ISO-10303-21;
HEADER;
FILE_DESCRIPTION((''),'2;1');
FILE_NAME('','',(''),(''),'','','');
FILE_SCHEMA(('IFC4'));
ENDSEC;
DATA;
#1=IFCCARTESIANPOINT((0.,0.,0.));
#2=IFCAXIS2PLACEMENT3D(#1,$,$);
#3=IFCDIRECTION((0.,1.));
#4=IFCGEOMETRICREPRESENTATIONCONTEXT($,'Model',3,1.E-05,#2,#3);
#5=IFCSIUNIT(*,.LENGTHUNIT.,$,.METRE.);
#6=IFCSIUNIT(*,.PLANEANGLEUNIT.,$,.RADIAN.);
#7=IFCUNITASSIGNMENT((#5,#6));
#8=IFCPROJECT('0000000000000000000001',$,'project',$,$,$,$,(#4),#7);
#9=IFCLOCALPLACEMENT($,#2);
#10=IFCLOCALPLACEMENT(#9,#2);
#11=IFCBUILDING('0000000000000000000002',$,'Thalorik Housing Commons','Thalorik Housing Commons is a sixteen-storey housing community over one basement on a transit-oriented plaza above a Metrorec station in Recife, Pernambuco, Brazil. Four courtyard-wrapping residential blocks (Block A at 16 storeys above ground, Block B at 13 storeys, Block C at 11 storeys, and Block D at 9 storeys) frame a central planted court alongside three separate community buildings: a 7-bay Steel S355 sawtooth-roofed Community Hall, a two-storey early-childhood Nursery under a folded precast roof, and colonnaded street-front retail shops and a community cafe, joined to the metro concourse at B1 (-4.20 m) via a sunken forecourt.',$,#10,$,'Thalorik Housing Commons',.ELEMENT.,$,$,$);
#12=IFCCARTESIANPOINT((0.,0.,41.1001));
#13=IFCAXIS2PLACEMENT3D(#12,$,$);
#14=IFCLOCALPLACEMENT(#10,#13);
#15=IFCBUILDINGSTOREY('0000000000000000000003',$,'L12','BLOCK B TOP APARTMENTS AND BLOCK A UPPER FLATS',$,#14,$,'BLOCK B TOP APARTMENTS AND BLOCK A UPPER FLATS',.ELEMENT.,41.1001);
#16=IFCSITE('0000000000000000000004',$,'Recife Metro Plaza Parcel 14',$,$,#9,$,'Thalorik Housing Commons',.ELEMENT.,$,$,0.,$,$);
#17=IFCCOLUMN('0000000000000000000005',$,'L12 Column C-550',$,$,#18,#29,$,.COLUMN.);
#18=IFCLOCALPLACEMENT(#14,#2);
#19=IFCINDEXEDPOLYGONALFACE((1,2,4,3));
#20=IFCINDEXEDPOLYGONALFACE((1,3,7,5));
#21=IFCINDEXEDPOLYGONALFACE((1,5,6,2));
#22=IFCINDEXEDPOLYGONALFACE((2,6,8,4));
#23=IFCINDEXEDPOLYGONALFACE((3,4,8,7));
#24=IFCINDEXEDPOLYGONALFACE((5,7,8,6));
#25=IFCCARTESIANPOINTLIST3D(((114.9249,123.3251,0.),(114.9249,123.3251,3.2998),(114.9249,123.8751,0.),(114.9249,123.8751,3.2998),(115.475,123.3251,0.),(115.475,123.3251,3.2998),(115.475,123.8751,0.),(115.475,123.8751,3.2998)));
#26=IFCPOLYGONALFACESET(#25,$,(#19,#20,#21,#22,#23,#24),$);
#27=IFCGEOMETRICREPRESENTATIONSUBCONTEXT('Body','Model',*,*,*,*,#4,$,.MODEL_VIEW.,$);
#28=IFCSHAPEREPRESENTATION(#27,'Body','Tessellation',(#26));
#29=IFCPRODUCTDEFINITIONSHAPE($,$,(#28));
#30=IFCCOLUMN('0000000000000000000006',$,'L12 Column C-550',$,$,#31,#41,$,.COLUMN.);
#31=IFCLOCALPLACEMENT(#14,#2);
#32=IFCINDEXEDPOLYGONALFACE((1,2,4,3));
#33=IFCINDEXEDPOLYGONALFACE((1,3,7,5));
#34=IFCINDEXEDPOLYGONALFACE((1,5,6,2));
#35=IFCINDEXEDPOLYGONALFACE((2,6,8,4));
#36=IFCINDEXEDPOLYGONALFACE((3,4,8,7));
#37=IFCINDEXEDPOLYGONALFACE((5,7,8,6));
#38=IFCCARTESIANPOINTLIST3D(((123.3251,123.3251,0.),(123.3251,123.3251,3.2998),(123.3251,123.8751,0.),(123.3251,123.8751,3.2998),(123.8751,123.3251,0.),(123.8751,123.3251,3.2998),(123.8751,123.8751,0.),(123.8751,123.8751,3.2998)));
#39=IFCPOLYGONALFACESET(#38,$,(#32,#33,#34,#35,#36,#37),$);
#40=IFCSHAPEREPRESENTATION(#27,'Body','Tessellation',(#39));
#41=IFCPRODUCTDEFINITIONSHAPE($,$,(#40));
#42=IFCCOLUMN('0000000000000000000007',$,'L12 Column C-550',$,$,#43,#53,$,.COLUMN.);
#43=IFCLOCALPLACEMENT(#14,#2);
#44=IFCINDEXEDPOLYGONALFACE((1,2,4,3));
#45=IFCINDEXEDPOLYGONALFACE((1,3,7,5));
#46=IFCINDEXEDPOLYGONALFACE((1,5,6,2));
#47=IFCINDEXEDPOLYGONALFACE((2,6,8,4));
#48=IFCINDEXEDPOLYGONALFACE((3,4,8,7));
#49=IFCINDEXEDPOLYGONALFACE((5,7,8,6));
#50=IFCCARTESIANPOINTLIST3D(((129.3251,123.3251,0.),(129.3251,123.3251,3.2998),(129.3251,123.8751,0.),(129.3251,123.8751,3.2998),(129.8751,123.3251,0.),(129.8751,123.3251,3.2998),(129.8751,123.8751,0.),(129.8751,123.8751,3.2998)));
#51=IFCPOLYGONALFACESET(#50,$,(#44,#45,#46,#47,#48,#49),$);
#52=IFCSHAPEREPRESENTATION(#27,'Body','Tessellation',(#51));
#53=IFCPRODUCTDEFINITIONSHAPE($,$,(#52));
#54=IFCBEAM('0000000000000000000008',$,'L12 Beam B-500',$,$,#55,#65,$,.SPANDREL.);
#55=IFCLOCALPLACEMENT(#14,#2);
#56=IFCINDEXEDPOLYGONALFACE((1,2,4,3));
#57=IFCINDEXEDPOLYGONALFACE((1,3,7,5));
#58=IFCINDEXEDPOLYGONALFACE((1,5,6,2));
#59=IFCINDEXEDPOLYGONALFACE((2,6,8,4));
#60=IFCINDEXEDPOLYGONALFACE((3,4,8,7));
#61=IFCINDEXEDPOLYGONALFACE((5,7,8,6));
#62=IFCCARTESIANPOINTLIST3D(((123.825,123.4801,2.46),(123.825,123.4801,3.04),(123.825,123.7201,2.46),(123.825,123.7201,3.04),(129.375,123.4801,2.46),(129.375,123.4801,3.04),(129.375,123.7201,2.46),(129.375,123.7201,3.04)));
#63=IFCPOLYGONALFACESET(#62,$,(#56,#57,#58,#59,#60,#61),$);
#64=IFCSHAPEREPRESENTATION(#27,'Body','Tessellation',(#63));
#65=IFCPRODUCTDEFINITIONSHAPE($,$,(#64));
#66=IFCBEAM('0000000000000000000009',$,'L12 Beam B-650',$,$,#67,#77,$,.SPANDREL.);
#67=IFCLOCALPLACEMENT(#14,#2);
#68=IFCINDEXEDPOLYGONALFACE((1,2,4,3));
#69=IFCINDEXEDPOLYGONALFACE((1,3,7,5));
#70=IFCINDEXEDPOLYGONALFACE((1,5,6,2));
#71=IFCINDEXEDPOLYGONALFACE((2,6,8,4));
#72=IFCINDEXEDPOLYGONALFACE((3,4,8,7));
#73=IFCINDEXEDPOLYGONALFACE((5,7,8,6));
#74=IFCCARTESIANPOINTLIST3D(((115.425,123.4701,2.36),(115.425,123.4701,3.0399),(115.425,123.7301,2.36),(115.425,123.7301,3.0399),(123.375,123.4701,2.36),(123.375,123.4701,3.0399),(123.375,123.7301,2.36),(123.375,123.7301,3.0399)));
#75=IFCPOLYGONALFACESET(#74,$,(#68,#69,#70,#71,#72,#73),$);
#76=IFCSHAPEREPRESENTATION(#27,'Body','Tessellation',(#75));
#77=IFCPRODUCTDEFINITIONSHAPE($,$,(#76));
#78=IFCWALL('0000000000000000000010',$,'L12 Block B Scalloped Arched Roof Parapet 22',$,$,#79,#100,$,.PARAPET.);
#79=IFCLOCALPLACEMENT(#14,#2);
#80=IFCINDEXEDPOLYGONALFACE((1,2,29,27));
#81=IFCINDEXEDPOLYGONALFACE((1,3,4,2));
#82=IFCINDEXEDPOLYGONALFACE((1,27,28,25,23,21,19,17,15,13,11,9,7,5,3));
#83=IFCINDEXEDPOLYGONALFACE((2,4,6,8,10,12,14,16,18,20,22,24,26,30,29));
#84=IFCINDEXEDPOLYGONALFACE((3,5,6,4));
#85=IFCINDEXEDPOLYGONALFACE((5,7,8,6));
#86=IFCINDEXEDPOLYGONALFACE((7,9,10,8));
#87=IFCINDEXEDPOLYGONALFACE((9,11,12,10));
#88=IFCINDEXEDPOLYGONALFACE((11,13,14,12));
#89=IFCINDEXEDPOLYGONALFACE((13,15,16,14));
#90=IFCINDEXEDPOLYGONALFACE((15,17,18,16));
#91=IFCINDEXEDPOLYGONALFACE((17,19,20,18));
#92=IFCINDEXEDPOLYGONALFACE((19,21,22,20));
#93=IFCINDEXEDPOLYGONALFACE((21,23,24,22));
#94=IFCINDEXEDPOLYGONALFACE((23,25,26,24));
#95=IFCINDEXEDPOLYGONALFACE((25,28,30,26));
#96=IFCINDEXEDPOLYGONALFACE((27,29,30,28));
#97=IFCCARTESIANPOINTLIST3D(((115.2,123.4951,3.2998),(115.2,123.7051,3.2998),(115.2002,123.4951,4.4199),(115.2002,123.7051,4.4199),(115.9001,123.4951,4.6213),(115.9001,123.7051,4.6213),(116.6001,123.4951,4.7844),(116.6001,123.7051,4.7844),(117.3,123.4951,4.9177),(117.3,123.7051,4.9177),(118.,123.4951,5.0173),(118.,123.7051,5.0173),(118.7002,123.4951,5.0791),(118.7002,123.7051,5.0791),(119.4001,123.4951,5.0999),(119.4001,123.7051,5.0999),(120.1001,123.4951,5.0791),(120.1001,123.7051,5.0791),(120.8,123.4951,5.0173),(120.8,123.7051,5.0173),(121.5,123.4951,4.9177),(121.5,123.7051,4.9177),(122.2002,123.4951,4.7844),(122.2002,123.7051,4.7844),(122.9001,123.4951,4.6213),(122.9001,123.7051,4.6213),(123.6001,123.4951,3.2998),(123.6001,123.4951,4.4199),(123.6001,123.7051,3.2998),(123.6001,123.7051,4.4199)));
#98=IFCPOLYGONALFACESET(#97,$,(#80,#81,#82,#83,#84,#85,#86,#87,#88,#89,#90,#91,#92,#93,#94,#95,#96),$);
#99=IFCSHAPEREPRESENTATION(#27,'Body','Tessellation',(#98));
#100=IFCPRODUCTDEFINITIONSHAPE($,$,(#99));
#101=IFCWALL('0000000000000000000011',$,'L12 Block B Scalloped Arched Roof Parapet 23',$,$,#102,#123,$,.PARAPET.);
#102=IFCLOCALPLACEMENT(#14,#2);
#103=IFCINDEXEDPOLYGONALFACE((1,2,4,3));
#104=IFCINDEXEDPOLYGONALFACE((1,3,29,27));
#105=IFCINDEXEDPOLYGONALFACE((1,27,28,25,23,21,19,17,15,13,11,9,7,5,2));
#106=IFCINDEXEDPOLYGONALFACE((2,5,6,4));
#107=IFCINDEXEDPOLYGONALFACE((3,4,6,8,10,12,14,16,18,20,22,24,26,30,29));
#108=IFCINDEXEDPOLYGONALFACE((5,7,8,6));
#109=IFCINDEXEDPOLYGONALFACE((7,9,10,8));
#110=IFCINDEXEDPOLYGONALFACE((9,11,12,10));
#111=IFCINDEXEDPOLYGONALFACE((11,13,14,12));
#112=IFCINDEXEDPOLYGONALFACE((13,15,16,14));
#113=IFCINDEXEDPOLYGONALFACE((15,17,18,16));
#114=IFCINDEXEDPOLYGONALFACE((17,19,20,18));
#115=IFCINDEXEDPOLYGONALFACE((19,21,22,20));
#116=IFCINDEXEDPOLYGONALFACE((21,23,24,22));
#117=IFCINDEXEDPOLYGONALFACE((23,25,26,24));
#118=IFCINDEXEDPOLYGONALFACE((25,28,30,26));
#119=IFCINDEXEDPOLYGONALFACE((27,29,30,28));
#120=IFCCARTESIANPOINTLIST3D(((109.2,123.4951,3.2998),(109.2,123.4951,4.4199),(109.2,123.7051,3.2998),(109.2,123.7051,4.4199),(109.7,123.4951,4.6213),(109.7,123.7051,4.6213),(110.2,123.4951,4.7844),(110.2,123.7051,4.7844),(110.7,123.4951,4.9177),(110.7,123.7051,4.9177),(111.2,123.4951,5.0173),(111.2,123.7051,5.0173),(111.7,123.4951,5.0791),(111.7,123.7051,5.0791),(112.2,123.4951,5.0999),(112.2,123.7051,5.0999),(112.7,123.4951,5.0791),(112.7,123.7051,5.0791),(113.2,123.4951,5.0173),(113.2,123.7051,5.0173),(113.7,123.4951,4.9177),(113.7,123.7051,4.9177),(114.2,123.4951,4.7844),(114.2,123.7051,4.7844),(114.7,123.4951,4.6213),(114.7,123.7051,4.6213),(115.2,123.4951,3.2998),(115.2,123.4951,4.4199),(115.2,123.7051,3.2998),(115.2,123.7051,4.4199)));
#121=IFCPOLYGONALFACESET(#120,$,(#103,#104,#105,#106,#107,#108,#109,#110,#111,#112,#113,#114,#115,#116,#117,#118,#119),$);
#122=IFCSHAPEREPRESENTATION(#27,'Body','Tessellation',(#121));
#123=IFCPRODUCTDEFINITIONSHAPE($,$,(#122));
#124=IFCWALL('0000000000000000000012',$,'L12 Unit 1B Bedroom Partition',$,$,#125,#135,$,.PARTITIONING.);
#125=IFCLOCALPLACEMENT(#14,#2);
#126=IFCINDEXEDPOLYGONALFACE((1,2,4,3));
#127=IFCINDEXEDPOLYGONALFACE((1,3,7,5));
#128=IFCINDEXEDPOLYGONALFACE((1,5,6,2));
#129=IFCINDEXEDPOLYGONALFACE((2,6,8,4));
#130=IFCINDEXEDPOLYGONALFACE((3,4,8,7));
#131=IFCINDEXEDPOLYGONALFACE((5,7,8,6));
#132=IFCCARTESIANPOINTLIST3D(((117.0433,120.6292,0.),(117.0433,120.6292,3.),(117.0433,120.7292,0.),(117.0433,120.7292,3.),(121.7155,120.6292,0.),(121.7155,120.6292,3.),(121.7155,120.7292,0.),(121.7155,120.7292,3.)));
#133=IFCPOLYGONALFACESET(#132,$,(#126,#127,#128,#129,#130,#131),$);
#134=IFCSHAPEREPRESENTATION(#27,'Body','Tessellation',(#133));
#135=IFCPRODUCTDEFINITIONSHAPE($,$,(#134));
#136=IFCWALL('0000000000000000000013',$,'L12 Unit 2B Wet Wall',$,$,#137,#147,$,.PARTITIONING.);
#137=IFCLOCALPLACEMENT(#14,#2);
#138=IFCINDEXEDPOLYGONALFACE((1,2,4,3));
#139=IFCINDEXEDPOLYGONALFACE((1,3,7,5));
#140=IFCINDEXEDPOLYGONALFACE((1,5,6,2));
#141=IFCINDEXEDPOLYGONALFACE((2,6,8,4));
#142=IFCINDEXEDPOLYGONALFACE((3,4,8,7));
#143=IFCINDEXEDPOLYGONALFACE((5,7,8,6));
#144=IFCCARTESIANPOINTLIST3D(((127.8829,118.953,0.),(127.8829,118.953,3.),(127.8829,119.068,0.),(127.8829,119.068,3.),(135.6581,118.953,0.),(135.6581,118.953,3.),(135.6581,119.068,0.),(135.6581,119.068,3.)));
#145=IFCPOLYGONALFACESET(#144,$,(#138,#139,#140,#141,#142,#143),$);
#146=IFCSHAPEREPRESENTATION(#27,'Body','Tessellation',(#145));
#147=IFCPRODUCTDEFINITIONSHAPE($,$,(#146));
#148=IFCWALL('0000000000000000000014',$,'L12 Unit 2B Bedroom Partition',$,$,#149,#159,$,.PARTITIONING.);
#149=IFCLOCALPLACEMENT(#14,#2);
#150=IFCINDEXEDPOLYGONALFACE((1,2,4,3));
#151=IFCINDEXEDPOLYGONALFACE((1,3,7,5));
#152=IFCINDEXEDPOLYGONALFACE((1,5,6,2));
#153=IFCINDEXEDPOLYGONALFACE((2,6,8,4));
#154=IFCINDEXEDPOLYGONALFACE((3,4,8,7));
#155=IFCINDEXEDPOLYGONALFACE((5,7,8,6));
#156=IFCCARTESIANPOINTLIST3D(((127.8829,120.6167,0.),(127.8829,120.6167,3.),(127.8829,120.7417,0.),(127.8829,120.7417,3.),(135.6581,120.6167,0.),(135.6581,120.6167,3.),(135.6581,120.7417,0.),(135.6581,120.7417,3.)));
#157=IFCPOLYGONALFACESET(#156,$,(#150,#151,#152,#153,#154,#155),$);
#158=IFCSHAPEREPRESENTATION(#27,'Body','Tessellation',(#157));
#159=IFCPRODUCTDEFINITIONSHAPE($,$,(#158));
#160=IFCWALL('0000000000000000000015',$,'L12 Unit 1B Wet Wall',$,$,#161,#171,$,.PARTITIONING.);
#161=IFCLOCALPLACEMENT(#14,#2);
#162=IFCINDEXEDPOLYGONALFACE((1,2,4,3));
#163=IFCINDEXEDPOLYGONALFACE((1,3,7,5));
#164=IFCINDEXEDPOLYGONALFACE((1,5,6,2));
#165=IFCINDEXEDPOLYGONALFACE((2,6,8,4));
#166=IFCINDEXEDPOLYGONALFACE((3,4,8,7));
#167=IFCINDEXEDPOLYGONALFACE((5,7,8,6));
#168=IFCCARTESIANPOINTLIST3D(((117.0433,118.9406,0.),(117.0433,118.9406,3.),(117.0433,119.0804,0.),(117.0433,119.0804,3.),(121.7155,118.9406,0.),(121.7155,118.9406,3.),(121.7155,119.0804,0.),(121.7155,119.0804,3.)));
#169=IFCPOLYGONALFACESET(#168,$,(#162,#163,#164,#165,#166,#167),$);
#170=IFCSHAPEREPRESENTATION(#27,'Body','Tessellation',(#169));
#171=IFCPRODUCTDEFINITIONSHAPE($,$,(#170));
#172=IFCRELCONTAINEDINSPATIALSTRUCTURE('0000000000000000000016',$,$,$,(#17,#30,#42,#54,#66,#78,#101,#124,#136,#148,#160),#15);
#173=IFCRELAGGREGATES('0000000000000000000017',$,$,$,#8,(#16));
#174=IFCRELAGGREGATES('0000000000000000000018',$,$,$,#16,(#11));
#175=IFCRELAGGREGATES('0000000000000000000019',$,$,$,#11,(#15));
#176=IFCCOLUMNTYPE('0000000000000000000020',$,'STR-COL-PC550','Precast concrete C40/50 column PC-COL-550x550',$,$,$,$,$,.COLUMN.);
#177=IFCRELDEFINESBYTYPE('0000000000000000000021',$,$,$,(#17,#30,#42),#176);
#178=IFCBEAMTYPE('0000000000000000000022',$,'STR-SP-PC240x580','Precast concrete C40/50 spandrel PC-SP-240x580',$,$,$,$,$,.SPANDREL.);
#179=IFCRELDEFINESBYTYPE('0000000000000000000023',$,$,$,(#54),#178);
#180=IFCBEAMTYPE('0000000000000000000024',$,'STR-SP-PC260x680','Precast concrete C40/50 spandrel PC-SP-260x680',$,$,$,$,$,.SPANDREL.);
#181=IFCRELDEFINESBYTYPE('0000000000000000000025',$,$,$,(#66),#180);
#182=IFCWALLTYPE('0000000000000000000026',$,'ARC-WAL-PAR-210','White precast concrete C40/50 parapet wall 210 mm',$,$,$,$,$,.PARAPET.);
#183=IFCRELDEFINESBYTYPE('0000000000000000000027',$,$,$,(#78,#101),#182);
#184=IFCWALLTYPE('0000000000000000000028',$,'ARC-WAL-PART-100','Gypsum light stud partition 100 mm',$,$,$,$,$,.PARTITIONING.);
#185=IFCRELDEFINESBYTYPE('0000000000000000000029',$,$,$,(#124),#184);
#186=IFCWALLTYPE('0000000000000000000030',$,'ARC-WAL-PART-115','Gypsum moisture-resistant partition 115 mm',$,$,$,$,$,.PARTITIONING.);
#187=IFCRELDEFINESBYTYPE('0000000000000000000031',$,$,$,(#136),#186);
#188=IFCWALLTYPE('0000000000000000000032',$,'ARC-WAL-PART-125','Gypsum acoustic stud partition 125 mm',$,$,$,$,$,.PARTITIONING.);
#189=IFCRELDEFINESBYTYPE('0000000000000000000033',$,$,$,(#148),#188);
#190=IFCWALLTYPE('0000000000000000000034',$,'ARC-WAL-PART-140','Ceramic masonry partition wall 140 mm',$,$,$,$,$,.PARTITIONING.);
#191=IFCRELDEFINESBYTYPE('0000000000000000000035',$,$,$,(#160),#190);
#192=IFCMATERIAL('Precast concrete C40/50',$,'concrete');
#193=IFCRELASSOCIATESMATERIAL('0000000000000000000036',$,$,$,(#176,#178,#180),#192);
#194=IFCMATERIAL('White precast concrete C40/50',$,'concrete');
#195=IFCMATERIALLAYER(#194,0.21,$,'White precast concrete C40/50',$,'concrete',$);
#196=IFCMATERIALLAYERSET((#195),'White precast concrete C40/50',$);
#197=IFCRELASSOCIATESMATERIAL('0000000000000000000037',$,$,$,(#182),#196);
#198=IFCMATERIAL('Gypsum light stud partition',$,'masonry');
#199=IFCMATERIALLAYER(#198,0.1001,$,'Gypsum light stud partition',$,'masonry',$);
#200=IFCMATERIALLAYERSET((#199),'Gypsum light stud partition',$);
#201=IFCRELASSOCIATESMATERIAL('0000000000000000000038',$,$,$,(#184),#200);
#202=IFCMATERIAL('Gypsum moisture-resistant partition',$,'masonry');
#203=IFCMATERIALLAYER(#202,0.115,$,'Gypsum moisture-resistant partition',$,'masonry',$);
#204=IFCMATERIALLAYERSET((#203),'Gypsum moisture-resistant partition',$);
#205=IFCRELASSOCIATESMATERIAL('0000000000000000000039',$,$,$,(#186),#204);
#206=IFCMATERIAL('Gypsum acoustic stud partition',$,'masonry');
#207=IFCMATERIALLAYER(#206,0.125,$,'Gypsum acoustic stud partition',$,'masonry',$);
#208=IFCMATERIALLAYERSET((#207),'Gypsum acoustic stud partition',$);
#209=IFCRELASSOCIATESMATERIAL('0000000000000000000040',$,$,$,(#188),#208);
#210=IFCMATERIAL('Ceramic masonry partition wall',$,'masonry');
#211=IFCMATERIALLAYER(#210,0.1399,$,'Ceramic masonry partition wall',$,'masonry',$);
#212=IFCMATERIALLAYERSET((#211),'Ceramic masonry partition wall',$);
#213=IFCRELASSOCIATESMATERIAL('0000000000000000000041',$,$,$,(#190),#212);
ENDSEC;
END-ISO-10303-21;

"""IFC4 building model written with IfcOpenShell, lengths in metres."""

from ifc_helpers import new_model, si_unit, direction, frame, frame_2d, origin, origin_2d, place, context, subcontext, project, spatial, polyline, rectangle, outline, extrude, material, layer, layer_set, material_profile, profile_set, type_object, element, save


model = new_model("IFC4")

# Units and contexts
model_context = context("Model", 3, precision=1e-05, world=origin(), true_north=direction((0.0, 1.0)))
body_context = subcontext(model_context, "Body", "Model", "MODEL_VIEW")
ifc_project = project(units=[si_unit("LENGTHUNIT", "METRE"), si_unit("PLANEANGLEUNIT", "RADIAN")], contexts=[model_context])

# Site, building, storey
site_placement = place(None, origin())
site = spatial("IfcSite", under=ifc_project, at=site_placement, Name="Recife Metro Plaza Parcel 14", LongName="Thalorik Housing Commons", CompositionType="ELEMENT", RefElevation=0.0)
building_placement = place(site_placement, origin())
building = spatial("IfcBuilding", under=site, at=building_placement, Name="Thalorik Housing Commons", Description="Thalorik Housing Commons is a sixteen-storey housing community over one basement on a transit-oriented plaza above a Metrorec station in Recife, Pernambuco, Brazil. Four courtyard-wrapping residential blocks (Block A at 16 storeys above ground, Block B at 13 storeys, Block C at 11 storeys, and Block D at 9 storeys) frame a central planted court alongside three separate community buildings: a 7-bay Steel S355 sawtooth-roofed Community Hall, a two-storey early-childhood Nursery under a folded precast roof, and colonnaded street-front retail shops and a community cafe, joined to the metro concourse at B1 (-4.20 m) via a sunken forecourt.", LongName="Thalorik Housing Commons", CompositionType="ELEMENT")
storey_placement = place(building_placement, frame((0.0, 0.0, 41.1001)))
storey = spatial("IfcBuildingStorey", under=building, at=storey_placement, Name="L12", Description="BLOCK B TOP APARTMENTS AND BLOCK A UPPER FLATS", LongName="BLOCK B TOP APARTMENTS AND BLOCK A UPPER FLATS", CompositionType="ELEMENT", Elevation=41.1001)

# Columns
ifc_material_1 = material(Name="Precast concrete C40/50", Category="concrete")
ifc_material_profile_1 = material_profile(ifc_material_1, rectangle(XDim=0.55, YDim=0.55, at=origin_2d()), Name="PC 550x550", Category="concrete")
ifc_profile_set_1 = profile_set([ifc_material_profile_1], Name="Precast concrete C40/50")
column_type = type_object("IfcColumnType", Name="STR-COL-PC550", Description="Precast concrete C40/50 column PC-COL-550x550", PredefinedType="COLUMN", material=ifc_profile_set_1)
for number, where, z_axis, x_axis, name in (
    (1, (115.2, 123.6001, 0.0), (0.0, 0.0, 1.0), (1.0, 0.0, 0.0), "L12 Column C-550"),
    (2, (123.6001, 123.6001, 0.0), (0.0, 0.0, 1.0), (1.0, 0.0, 0.0), "L12 Column C-550"),
    (3, (129.6001, 123.6001, 0.0), (0.0, 0.0, 1.0), (1.0, 0.0, 0.0), "L12 Column C-550"),
):
    element("IfcColumn", number, at=place(storey_placement, frame(where, z_axis=z_axis, x_axis=x_axis)), inside=storey, type_object=column_type, Name=name, PredefinedType="COLUMN", context=body_context, shape_type="SweptSolid", body=[
        extrude(rectangle(XDim=0.55, YDim=0.55, at=origin_2d()), origin(), (0.0, 0.0, 1.0), 3.2998),
    ])

# Beams
ifc_material_profile_2 = material_profile(ifc_material_1, rectangle(XDim=0.24, YDim=0.5801, at=origin_2d()), Name="PC SP 240x580", Category="concrete")
ifc_profile_set_2 = profile_set([ifc_material_profile_2], Name="Precast concrete C40/50")
beam_type_1 = type_object("IfcBeamType", Name="STR-SP-PC240x580", Description="Precast concrete C40/50 spandrel PC-SP-240x580", PredefinedType="SPANDREL", material=ifc_profile_set_2)
beam_1_placement = place(storey_placement, frame((123.825, 123.6001, 2.75), z_axis=(1.0, 0.0, 0.0), x_axis=(0.0, 1.0, 0.0)))
element("IfcBeam", 4, at=beam_1_placement, inside=storey, type_object=beam_type_1, Name="L12 Beam B-500", PredefinedType="SPANDREL", context=body_context, shape_type="SweptSolid", body=[
    extrude(rectangle(XDim=0.24, YDim=0.5801, at=origin_2d()), origin(), (0.0, 0.0, 1.0), 5.55),
])
ifc_material_profile_3 = material_profile(ifc_material_1, rectangle(XDim=0.26, YDim=0.6799, at=origin_2d()), Name="PC SP 260x680", Category="concrete")
ifc_profile_set_3 = profile_set([ifc_material_profile_3], Name="Precast concrete C40/50")
beam_type_2 = type_object("IfcBeamType", Name="STR-SP-PC260x680", Description="Precast concrete C40/50 spandrel PC-SP-260x680", PredefinedType="SPANDREL", material=ifc_profile_set_3)
beam_2_placement = place(storey_placement, frame((115.425, 123.6001, 2.7), z_axis=(1.0, 0.0, 0.0), x_axis=(0.0, 1.0, 0.0)))
element("IfcBeam", 5, at=beam_2_placement, inside=storey, type_object=beam_type_2, Name="L12 Beam B-650", PredefinedType="SPANDREL", context=body_context, shape_type="SweptSolid", body=[
    extrude(rectangle(XDim=0.26, YDim=0.6799, at=origin_2d()), origin(), (0.0, 0.0, 1.0), 7.95),
])

# Shared definitions
ifc_material_2 = material(Name="White precast concrete C40/50", Category="concrete")

# Walls
ifc_layer_1 = layer(ifc_material_2, 0.21, Name="White precast concrete C40/50", Category="concrete")
ifc_layer_set_1 = layer_set([ifc_layer_1], Name="White precast concrete C40/50")
wall_type_1 = type_object("IfcWallType", Name="ARC-WAL-PAR-210", Description="White precast concrete C40/50 parapet wall 210 mm", PredefinedType="PARAPET", material=ifc_layer_set_1)
wall_1_placement = place(storey_placement, frame((123.6001, 123.6001, 3.2998), z_axis=(0.0, 0.0, 1.0), x_axis=(-1.0, 0.0, 0.0)))
element("IfcWall", 6, at=wall_1_placement, inside=storey, type_object=wall_type_1, Name="L12 Block B Scalloped Arched Roof Parapet 22", PredefinedType="PARAPET", context=body_context, shape_type="SweptSolid", body=[
    extrude(outline(polyline([(0.0, 0.0), (8.4001, 0.0), (8.3999, 1.1201), (7.7, 1.3215), (7.0, 1.4846), (6.3, 1.6179), (5.6001, 1.7175), (4.8999, 1.7793), (4.2, 1.8), (3.5, 1.7793), (2.8, 1.7175), (2.1001, 1.6179), (1.3999, 1.4846), (0.7, 1.3215), (0.0, 1.1201), (0.0, 0.0)])), frame((0.0, 0.105, 0.0), z_axis=(0.0, -1.0, 0.0), x_axis=(1.0, 0.0, 0.0)), (0.0, 0.0, 1.0), 0.21),
])
wall_2_placement = place(storey_placement, frame((115.2, 123.6001, 3.2998), z_axis=(0.0, 0.0, 1.0), x_axis=(-1.0, 0.0, 0.0)))
element("IfcWall", 7, at=wall_2_placement, inside=storey, type_object=wall_type_1, Name="L12 Block B Scalloped Arched Roof Parapet 23", PredefinedType="PARAPET", context=body_context, shape_type="SweptSolid", body=[
    extrude(outline(polyline([(0.0, 0.0), (6.0, 0.0), (6.0, 1.1201), (5.5, 1.3215), (5.0, 1.4846), (4.5, 1.6179), (4.0, 1.7175), (3.5, 1.7793), (3.0, 1.8), (2.5, 1.7793), (2.0, 1.7175), (1.5, 1.6179), (1.0, 1.4846), (0.5, 1.3215), (0.0, 1.1201), (0.0, 0.0)])), frame((0.0, 0.105, 0.0), z_axis=(0.0, -1.0, 0.0), x_axis=(1.0, 0.0, 0.0)), (0.0, 0.0, 1.0), 0.21),
])
ifc_material_3 = material(Name="Gypsum light stud partition", Category="masonry")
ifc_layer_2 = layer(ifc_material_3, 0.1001, Name="Gypsum light stud partition", Category="masonry")
ifc_layer_set_2 = layer_set([ifc_layer_2], Name="Gypsum light stud partition")
wall_type_2 = type_object("IfcWallType", Name="ARC-WAL-PART-100", Description="Gypsum light stud partition 100 mm", PredefinedType="PARTITIONING", material=ifc_layer_set_2)
wall_3_placement = place(storey_placement, frame((117.0435, 120.6792, 0.0), z_axis=(0.0, 0.0, 1.0), x_axis=(1.0, 0.0, 0.0)))
element("IfcWall", 8, at=wall_3_placement, inside=storey, type_object=wall_type_2, Name="L12 Unit 1B Bedroom Partition", PredefinedType="PARTITIONING", context=body_context, shape_type="SweptSolid", body=[
    extrude(rectangle(XDim=4.6721, YDim=0.1001, at=frame_2d((2.3359, 0.0))), origin(), (0.0, 0.0, 1.0), 3.0),
])
ifc_material_4 = material(Name="Gypsum moisture-resistant partition", Category="masonry")
ifc_layer_3 = layer(ifc_material_4, 0.115, Name="Gypsum moisture-resistant partition", Category="masonry")
ifc_layer_set_3 = layer_set([ifc_layer_3], Name="Gypsum moisture-resistant partition")
wall_type_3 = type_object("IfcWallType", Name="ARC-WAL-PART-115", Description="Gypsum moisture-resistant partition 115 mm", PredefinedType="PARTITIONING", material=ifc_layer_set_3)
wall_4_placement = place(storey_placement, frame((127.8828, 119.0105, 0.0), z_axis=(0.0, 0.0, 1.0), x_axis=(1.0, 0.0, 0.0)))
element("IfcWall", 9, at=wall_4_placement, inside=storey, type_object=wall_type_3, Name="L12 Unit 2B Wet Wall", PredefinedType="PARTITIONING", context=body_context, shape_type="SweptSolid", body=[
    extrude(rectangle(XDim=7.7751, YDim=0.115, at=frame_2d((3.8877, 0.0))), origin(), (0.0, 0.0, 1.0), 3.0),
])
ifc_material_5 = material(Name="Gypsum acoustic stud partition", Category="masonry")
ifc_layer_4 = layer(ifc_material_5, 0.125, Name="Gypsum acoustic stud partition", Category="masonry")
ifc_layer_set_4 = layer_set([ifc_layer_4], Name="Gypsum acoustic stud partition")
wall_type_4 = type_object("IfcWallType", Name="ARC-WAL-PART-125", Description="Gypsum acoustic stud partition 125 mm", PredefinedType="PARTITIONING", material=ifc_layer_set_4)
wall_5_placement = place(storey_placement, frame((127.8828, 120.6792, 0.0), z_axis=(0.0, 0.0, 1.0), x_axis=(1.0, 0.0, 0.0)))
element("IfcWall", 10, at=wall_5_placement, inside=storey, type_object=wall_type_4, Name="L12 Unit 2B Bedroom Partition", PredefinedType="PARTITIONING", context=body_context, shape_type="SweptSolid", body=[
    extrude(rectangle(XDim=7.7751, YDim=0.125, at=frame_2d((3.8877, 0.0))), origin(), (0.0, 0.0, 1.0), 3.0),
])
ifc_material_6 = material(Name="Ceramic masonry partition wall", Category="masonry")
ifc_layer_5 = layer(ifc_material_6, 0.1399, Name="Ceramic masonry partition wall", Category="masonry")
ifc_layer_set_5 = layer_set([ifc_layer_5], Name="Ceramic masonry partition wall")
wall_type_5 = type_object("IfcWallType", Name="ARC-WAL-PART-140", Description="Ceramic masonry partition wall 140 mm", PredefinedType="PARTITIONING", material=ifc_layer_set_5)
wall_6_placement = place(storey_placement, frame((117.0435, 119.0105, 0.0), z_axis=(0.0, 0.0, 1.0), x_axis=(1.0, 0.0, 0.0)))
element("IfcWall", 11, at=wall_6_placement, inside=storey, type_object=wall_type_5, Name="L12 Unit 1B Wet Wall", PredefinedType="PARTITIONING", context=body_context, shape_type="SweptSolid", body=[
    extrude(rectangle(XDim=4.6721, YDim=0.1399, at=frame_2d((2.3359, 0.0))), origin(), (0.0, 0.0, 1.0), 3.0),
])

save(model, "model.ifc")
